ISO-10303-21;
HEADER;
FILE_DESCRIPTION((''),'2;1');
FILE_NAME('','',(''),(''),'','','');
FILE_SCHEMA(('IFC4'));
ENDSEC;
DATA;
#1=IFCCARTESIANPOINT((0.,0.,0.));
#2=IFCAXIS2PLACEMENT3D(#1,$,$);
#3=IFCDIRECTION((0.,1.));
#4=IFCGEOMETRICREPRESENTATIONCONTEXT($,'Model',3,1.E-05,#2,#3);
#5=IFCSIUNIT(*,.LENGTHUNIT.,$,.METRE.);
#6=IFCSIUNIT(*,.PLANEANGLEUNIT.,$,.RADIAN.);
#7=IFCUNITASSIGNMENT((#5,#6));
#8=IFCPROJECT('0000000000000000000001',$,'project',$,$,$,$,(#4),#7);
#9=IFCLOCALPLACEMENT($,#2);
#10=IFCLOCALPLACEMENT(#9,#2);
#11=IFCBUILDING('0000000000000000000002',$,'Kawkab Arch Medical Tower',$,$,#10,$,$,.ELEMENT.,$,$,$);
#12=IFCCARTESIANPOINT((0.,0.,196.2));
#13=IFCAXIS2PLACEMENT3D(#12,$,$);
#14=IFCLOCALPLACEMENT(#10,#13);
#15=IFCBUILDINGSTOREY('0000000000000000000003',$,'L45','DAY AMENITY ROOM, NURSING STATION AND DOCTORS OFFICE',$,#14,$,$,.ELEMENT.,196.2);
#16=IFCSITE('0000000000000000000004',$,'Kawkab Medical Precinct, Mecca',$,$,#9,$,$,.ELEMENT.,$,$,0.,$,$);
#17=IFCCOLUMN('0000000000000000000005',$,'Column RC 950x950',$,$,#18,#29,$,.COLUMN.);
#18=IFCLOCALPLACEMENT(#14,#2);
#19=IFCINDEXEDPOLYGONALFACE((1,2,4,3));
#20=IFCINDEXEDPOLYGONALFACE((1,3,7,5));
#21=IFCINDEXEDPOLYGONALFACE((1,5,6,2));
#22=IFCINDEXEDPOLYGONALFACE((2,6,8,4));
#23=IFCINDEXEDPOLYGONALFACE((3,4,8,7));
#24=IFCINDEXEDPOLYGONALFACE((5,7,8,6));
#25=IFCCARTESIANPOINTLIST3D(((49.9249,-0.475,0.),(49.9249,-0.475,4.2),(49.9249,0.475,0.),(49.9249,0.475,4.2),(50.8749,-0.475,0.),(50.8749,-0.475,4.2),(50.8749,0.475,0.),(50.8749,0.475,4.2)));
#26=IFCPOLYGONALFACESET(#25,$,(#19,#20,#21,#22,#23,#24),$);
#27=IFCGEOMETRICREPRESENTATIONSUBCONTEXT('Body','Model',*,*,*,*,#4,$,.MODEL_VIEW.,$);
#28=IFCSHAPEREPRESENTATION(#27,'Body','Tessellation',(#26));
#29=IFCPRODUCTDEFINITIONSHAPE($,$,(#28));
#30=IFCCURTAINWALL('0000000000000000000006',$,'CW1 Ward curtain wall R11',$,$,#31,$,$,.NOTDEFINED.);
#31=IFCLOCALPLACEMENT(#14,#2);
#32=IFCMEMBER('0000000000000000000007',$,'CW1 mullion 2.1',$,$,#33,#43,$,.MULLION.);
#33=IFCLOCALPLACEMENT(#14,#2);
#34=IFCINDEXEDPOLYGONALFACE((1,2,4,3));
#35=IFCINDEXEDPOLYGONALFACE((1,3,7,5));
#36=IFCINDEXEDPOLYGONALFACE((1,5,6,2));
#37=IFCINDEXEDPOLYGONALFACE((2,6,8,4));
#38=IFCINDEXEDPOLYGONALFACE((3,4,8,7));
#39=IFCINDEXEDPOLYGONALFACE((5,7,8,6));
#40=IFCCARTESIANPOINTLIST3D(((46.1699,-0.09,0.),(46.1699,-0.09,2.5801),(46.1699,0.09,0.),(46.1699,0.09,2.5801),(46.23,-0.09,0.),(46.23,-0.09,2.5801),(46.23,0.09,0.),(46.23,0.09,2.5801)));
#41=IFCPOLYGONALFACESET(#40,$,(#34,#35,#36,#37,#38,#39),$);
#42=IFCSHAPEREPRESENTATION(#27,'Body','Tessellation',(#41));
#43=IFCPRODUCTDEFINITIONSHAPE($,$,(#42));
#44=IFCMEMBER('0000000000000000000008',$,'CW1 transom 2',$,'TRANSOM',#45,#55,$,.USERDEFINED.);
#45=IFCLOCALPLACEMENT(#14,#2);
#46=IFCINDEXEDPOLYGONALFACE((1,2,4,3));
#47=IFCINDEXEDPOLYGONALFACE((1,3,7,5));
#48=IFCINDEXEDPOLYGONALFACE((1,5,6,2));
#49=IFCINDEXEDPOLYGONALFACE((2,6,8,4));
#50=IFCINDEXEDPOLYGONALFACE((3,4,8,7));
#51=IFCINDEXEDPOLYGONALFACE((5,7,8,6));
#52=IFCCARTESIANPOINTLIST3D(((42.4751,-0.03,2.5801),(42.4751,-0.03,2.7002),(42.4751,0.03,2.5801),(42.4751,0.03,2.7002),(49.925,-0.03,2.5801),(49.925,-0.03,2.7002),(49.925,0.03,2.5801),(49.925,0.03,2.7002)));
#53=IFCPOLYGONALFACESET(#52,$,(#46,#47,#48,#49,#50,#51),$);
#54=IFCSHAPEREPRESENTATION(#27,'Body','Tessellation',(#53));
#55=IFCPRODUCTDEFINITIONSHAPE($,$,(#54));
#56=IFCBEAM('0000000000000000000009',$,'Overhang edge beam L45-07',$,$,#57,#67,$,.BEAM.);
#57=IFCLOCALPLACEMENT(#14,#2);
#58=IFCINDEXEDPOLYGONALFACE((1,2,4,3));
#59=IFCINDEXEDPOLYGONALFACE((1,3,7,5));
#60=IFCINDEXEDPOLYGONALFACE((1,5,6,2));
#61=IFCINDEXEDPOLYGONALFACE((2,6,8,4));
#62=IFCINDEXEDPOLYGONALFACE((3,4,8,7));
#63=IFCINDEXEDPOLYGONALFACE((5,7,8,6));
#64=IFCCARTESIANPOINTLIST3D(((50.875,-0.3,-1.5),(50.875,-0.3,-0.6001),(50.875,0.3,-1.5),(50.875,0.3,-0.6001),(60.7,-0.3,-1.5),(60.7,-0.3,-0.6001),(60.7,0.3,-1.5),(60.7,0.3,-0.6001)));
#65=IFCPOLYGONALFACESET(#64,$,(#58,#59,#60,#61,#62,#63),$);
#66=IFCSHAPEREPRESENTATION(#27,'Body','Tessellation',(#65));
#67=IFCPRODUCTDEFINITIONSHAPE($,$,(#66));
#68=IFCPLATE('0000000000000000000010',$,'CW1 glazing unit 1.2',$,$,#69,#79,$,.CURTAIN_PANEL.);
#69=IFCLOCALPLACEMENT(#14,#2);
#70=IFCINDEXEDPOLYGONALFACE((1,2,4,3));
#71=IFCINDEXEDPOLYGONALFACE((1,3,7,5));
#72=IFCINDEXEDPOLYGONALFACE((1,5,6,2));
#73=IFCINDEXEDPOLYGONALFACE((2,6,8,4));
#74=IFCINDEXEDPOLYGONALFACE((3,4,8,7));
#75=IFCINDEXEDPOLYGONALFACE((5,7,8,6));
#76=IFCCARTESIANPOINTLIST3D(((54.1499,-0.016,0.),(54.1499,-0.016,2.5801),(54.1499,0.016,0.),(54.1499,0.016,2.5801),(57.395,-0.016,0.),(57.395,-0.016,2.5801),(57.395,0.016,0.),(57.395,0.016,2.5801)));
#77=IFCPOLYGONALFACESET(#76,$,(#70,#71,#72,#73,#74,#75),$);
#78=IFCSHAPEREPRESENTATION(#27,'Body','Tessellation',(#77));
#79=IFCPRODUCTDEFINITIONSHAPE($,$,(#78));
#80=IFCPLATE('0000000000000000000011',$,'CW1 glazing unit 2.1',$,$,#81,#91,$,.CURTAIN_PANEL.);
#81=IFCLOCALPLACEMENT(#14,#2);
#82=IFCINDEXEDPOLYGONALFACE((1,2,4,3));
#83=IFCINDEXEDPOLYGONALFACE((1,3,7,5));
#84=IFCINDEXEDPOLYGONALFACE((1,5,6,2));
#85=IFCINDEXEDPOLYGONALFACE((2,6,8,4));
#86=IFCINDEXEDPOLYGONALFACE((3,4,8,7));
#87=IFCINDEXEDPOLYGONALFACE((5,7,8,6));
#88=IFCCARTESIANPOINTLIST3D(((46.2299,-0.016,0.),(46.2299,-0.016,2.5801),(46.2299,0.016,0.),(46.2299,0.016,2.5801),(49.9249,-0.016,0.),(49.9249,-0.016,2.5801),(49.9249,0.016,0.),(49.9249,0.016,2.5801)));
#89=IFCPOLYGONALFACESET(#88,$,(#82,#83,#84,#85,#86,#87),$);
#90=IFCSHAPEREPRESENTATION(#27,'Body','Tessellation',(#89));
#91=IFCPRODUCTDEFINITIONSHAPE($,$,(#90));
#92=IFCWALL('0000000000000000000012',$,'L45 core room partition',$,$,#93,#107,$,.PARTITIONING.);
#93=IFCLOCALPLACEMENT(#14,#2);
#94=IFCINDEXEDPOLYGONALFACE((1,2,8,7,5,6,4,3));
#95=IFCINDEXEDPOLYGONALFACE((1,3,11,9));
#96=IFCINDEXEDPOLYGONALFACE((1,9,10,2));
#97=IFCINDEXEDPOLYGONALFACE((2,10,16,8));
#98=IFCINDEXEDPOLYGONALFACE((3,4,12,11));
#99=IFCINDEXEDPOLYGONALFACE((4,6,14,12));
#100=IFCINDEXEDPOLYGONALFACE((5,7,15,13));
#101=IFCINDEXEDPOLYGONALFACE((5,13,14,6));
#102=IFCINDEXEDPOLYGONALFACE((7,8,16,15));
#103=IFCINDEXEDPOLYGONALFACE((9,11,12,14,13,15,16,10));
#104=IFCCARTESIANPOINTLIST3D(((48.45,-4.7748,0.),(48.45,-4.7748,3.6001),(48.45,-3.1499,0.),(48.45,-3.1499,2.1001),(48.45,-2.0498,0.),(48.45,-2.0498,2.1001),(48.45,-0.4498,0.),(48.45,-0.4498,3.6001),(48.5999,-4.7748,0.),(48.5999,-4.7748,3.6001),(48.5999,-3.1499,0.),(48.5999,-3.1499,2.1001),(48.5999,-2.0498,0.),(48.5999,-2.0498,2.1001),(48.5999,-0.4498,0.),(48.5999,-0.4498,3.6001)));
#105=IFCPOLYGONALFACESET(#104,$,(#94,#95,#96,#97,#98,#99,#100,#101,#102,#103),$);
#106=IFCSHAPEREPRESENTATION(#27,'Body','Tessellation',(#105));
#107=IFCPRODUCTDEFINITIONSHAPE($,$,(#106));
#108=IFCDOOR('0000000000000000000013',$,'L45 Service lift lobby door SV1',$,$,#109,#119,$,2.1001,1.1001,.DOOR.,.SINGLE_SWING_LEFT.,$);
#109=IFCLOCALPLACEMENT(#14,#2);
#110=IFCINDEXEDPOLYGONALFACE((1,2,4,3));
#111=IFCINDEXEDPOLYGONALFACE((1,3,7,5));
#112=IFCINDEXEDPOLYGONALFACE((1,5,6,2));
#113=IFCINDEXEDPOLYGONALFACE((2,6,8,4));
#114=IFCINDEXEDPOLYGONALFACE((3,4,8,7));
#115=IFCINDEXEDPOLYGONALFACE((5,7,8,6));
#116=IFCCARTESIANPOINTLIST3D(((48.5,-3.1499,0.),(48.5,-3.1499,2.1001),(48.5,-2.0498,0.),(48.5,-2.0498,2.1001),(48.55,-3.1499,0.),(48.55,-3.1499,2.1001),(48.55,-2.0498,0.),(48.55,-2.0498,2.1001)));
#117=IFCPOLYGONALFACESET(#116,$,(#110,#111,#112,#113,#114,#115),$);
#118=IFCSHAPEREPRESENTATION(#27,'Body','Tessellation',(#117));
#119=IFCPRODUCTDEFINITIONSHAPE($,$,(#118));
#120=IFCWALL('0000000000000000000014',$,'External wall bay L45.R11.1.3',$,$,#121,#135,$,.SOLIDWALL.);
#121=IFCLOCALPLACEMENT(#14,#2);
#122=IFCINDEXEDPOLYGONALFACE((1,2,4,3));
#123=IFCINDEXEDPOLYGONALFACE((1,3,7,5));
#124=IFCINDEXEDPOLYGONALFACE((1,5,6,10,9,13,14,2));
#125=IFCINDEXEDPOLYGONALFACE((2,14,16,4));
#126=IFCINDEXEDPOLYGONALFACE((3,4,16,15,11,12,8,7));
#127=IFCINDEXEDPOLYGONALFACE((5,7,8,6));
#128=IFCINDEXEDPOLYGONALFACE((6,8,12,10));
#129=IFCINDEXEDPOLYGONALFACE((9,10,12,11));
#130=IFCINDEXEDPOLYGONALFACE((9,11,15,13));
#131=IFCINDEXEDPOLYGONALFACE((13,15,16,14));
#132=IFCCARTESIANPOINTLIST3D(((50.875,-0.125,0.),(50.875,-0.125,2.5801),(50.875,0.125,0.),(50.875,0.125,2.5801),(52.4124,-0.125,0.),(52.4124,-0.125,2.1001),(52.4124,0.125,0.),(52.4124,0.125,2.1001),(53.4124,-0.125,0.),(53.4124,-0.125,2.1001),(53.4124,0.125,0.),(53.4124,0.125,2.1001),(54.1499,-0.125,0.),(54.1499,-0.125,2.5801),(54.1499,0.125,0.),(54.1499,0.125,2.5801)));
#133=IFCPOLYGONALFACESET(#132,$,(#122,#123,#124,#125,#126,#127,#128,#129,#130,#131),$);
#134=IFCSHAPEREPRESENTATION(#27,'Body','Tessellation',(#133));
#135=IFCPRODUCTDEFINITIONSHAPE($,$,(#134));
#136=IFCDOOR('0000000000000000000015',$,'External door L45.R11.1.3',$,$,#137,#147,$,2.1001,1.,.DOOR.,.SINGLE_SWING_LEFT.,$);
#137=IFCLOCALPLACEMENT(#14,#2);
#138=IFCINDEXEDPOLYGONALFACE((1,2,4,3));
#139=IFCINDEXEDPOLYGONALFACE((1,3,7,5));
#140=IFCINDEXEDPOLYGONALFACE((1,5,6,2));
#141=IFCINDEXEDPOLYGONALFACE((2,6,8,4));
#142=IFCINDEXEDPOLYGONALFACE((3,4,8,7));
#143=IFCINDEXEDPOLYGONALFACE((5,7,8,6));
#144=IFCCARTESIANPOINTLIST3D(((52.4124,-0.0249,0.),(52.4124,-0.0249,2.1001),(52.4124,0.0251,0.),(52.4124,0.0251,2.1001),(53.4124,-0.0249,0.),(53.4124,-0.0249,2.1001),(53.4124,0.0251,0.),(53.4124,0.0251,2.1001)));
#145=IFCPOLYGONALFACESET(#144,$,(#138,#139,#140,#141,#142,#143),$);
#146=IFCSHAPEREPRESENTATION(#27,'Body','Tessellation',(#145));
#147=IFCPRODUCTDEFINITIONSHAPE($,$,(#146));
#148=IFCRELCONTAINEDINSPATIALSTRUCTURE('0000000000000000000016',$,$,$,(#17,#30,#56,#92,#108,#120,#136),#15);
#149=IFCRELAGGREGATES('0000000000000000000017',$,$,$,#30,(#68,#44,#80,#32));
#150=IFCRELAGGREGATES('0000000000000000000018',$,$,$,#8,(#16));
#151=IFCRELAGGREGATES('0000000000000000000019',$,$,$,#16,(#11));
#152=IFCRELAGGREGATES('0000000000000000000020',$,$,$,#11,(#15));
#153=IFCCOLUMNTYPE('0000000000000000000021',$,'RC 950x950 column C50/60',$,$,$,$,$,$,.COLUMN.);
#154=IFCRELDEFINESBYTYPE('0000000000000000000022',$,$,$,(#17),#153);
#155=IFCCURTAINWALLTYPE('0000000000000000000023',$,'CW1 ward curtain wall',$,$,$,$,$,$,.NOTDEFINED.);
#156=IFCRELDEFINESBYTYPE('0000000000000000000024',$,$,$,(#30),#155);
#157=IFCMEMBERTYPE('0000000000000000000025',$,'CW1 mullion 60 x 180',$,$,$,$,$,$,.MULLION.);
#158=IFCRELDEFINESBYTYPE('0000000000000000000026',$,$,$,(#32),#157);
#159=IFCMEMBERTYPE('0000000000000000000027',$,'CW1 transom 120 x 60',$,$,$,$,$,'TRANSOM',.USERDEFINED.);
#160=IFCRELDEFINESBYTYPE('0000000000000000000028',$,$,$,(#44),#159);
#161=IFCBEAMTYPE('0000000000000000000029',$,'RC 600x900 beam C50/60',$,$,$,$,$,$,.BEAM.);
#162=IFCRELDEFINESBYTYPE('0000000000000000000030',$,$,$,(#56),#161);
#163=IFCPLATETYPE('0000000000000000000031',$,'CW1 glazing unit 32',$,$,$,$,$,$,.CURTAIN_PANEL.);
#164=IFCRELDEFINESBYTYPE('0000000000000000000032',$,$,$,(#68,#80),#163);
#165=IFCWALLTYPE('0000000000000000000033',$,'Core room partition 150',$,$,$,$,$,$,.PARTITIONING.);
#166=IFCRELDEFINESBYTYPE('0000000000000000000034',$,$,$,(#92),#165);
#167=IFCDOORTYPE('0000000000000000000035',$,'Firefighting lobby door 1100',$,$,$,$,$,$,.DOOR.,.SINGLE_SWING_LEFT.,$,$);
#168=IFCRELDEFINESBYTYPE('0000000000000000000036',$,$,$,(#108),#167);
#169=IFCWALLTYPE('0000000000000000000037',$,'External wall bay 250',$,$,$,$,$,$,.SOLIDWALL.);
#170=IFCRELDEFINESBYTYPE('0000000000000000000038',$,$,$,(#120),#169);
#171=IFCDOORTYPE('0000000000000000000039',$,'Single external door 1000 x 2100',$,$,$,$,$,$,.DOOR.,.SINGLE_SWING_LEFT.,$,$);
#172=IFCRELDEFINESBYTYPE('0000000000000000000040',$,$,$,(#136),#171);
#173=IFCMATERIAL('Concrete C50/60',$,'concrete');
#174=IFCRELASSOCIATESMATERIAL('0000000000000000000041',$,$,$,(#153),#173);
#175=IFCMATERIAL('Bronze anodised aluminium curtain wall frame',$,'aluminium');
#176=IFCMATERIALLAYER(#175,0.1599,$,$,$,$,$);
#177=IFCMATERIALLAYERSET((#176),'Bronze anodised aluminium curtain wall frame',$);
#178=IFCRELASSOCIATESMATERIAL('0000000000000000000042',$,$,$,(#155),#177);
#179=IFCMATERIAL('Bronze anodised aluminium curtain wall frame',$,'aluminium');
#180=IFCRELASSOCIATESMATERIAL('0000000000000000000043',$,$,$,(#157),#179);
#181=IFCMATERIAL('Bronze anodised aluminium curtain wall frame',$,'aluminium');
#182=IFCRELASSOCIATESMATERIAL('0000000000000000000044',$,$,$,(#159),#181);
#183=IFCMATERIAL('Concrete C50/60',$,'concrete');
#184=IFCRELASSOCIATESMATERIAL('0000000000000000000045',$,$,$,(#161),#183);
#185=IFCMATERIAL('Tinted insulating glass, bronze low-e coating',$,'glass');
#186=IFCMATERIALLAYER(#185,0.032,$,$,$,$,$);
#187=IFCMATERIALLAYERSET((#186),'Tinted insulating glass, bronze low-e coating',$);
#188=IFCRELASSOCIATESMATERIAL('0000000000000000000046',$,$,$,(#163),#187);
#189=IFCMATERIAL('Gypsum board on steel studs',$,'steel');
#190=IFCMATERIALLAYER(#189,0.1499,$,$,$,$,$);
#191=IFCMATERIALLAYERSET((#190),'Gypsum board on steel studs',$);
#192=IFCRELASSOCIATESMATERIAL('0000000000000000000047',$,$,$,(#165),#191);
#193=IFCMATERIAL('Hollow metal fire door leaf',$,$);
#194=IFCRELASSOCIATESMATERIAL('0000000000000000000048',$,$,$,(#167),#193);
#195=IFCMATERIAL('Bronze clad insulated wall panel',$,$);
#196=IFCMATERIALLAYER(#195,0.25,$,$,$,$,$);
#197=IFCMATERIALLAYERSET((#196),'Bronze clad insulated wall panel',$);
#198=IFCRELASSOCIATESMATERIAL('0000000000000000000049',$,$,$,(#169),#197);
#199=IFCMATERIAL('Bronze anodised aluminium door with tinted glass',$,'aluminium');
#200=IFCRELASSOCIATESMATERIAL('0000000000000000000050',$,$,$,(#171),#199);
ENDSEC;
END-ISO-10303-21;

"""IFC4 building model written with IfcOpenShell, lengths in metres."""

from ifc_helpers import new_model, si_unit, direction, frame, frame_2d, origin, origin_2d, place, context, subcontext, project, spatial, rectangle, extrude, material, layer, layer_set, material_profile, profile_set, type_object, element, fill, aggregate, save


model = new_model("IFC4")

# Units and contexts
model_context = context("Model", 3, precision=1e-05, world=origin(), true_north=direction((0.0, 1.0)))
body_context = subcontext(model_context, "Body", "Model", "MODEL_VIEW")
ifc_project = project(units=[si_unit("LENGTHUNIT", "METRE"), si_unit("PLANEANGLEUNIT", "RADIAN")], contexts=[model_context])

# Site, building, storey
site_placement = place(None, origin())
site = spatial("IfcSite", under=ifc_project, at=site_placement, Name="Kawkab Medical Precinct, Mecca", CompositionType="ELEMENT", RefElevation=0.0)
building_placement = place(site_placement, origin())
building = spatial("IfcBuilding", under=site, at=building_placement, Name="Kawkab Arch Medical Tower", CompositionType="ELEMENT")
storey_placement = place(building_placement, frame((0.0, 0.0, 196.2)))
storey = spatial("IfcBuildingStorey", under=building, at=storey_placement, Name="L45", Description="DAY AMENITY ROOM, NURSING STATION AND DOCTORS OFFICE", CompositionType="ELEMENT", Elevation=196.2)

# Column
ifc_material_1 = material(Name="Concrete C50/60", Category="concrete")
ifc_material_profile_1 = material_profile(ifc_material_1, rectangle(XDim=0.95, YDim=0.95, at=origin_2d()), Name="RC 950x950")
ifc_profile_set_1 = profile_set([ifc_material_profile_1], Name="Concrete C50/60")
column_type = type_object("IfcColumnType", Name="RC 950x950 column C50/60", PredefinedType="COLUMN", material=ifc_profile_set_1)
column_placement = place(storey_placement, frame((50.3999, 0.0, 0.0), z_axis=(0.0, 0.0, 1.0), x_axis=(1.0, 0.0, 0.0)))
element("IfcColumn", 1, at=column_placement, inside=storey, type_object=column_type, Name="Column RC 950x950", PredefinedType="COLUMN", context=body_context, shape_type="SweptSolid", body=[
    extrude(rectangle(XDim=0.95, YDim=0.95, at=origin_2d()), origin(), (0.0, 0.0, 1.0), 4.2),
])

# Curtain wall, members
ifc_material_2 = material(Name="Bronze anodised aluminium curtain wall frame", Category="aluminium")
ifc_layer_1 = layer(ifc_material_2, 0.1599)
ifc_layer_set_1 = layer_set([ifc_layer_1], Name="Bronze anodised aluminium curtain wall frame")
curtain_wall_type = type_object("IfcCurtainWallType", Name="CW1 ward curtain wall", PredefinedType="NOTDEFINED", material=ifc_layer_set_1)
curtain_wall_placement = place(storey_placement, origin())
curtain_wall = element("IfcCurtainWall", 2, at=curtain_wall_placement, inside=storey, type_object=curtain_wall_type, Name="CW1 Ward curtain wall R11", PredefinedType="NOTDEFINED")
ifc_material_3 = material(Name="Bronze anodised aluminium curtain wall frame", Category="aluminium")
ifc_material_profile_2 = material_profile(ifc_material_3, rectangle(XDim=0.1799, YDim=0.0601, at=origin_2d()), Name="AL 60x180")
ifc_profile_set_2 = profile_set([ifc_material_profile_2], Name="Bronze anodised aluminium curtain wall frame")
member_type_1 = type_object("IfcMemberType", Name="CW1 mullion 60 x 180", PredefinedType="MULLION", material=ifc_profile_set_2)
member_1_placement = place(storey_placement, frame((46.2, 0.0, 0.0), z_axis=(0.0, 0.0, 1.0), x_axis=(0.0, -1.0, 0.0)))
member_1 = element("IfcMember", 3, at=member_1_placement, type_object=member_type_1, Name="CW1 mullion 2.1", PredefinedType="MULLION", context=body_context, shape_type="SweptSolid", body=[
    extrude(rectangle(XDim=0.1799, YDim=0.0601, at=origin_2d()), origin(), (0.0, 0.0, 1.0), 2.5801),
])
ifc_material_4 = material(Name="Bronze anodised aluminium curtain wall frame", Category="aluminium")
ifc_material_profile_3 = material_profile(ifc_material_4, rectangle(XDim=0.0601, YDim=0.1201, at=origin_2d()), Name="AL 60x120")
ifc_profile_set_3 = profile_set([ifc_material_profile_3], Name="Bronze anodised aluminium curtain wall frame")
member_type_2 = type_object("IfcMemberType", Name="CW1 transom 120 x 60", ElementType="TRANSOM", PredefinedType="USERDEFINED", material=ifc_profile_set_3)
member_2_placement = place(storey_placement, frame((49.925, 0.0, 2.6401), z_axis=(-1.0, 0.0, 0.0), x_axis=(0.0, -1.0, 0.0)))
member_2 = element("IfcMember", 4, at=member_2_placement, type_object=member_type_2, Name="CW1 transom 2", ObjectType="TRANSOM", PredefinedType="USERDEFINED", context=body_context, shape_type="SweptSolid", body=[
    extrude(rectangle(XDim=0.0601, YDim=0.1201, at=origin_2d()), origin(), (0.0, 0.0, 1.0), 7.45),
])

# Beam
ifc_material_5 = material(Name="Concrete C50/60", Category="concrete")
ifc_material_profile_4 = material_profile(ifc_material_5, rectangle(XDim=0.6001, YDim=0.8999, at=origin_2d()), Name="RC 600x900")
ifc_profile_set_4 = profile_set([ifc_material_profile_4], Name="Concrete C50/60")
beam_type = type_object("IfcBeamType", Name="RC 600x900 beam C50/60", PredefinedType="BEAM", material=ifc_profile_set_4)
beam_placement = place(storey_placement, frame((50.875, 0.0, -1.05), z_axis=(1.0, 0.0, 0.0), x_axis=(0.0, 1.0, 0.0)))
element("IfcBeam", 5, at=beam_placement, inside=storey, type_object=beam_type, Name="Overhang edge beam L45-07", PredefinedType="BEAM", context=body_context, shape_type="SweptSolid", body=[
    extrude(rectangle(XDim=0.6001, YDim=0.8999, at=origin_2d()), origin(), (0.0, 0.0, 1.0), 9.825),
])

# Plates
ifc_material_6 = material(Name="Tinted insulating glass, bronze low-e coating", Category="glass")
ifc_layer_2 = layer(ifc_material_6, 0.032)
ifc_layer_set_2 = layer_set([ifc_layer_2], Name="Tinted insulating glass, bronze low-e coating")
plate_type = type_object("IfcPlateType", Name="CW1 glazing unit 32", PredefinedType="CURTAIN_PANEL", material=ifc_layer_set_2)
plate_1_placement = place(storey_placement, frame((55.7725, 0.0, 0.0), z_axis=(0.0, 0.0, 1.0), x_axis=(-1.0, 0.0, 0.0)))
plate_1 = element("IfcPlate", 6, at=plate_1_placement, type_object=plate_type, Name="CW1 glazing unit 1.2", PredefinedType="CURTAIN_PANEL", context=body_context, shape_type="SweptSolid", body=[
    extrude(rectangle(XDim=3.2451, YDim=0.032, at=origin_2d()), origin(), (0.0, 0.0, 1.0), 2.5801),
])
plate_2_placement = place(storey_placement, frame((48.0774, 0.0, 0.0), z_axis=(0.0, 0.0, 1.0), x_axis=(-1.0, 0.0, 0.0)))
plate_2 = element("IfcPlate", 7, at=plate_2_placement, type_object=plate_type, Name="CW1 glazing unit 2.1", PredefinedType="CURTAIN_PANEL", context=body_context, shape_type="SweptSolid", body=[
    extrude(rectangle(XDim=3.6951, YDim=0.032, at=origin_2d()), origin(), (0.0, 0.0, 1.0), 2.5801),
])
aggregate(curtain_wall, [plate_1, member_2, plate_2, member_1])

# Walls, openings, doors
ifc_material_7 = material(Name="Gypsum board on steel studs", Category="steel")
ifc_layer_3 = layer(ifc_material_7, 0.1499)
ifc_layer_set_3 = layer_set([ifc_layer_3], Name="Gypsum board on steel studs")
wall_type_1 = type_object("IfcWallType", Name="Core room partition 150", PredefinedType="PARTITIONING", material=ifc_layer_set_3)
wall_1_placement = place(storey_placement, frame((48.5249, -4.7749, 0.0), z_axis=(0.0, 0.0, 1.0), x_axis=(0.0, 1.0, 0.0)))
wall_1 = element("IfcWall", 8, at=wall_1_placement, inside=storey, type_object=wall_type_1, Name="L45 core room partition", PredefinedType="PARTITIONING", context=body_context, shape_type="SweptSolid", body=[
    extrude(rectangle(XDim=4.325, YDim=0.1499, at=frame_2d((2.1626, 0.0))), origin(), (0.0, 0.0, 1.0), 3.6001),
])
opening_1_placement = place(wall_1_placement, frame((1.625, 0.0, 0.0)))
opening_1 = element("IfcOpeningElement", 9, at=opening_1_placement, cuts=wall_1, PredefinedType="OPENING", context=body_context, shape_type="SweptSolid", body=[
    extrude(rectangle(XDim=1.1001, YDim=2.1001, at=frame_2d((0.55, 1.05))), frame((0.0, 0.085, 0.0), z_axis=(0.0, -1.0, 0.0), x_axis=(1.0, 0.0, 0.0)), (0.0, 0.0, 1.0), 0.1699),
])
ifc_material_8 = material(Name="Hollow metal fire door leaf")
door_type_1 = type_object("IfcDoorType", Name="Firefighting lobby door 1100", OperationType="SINGLE_SWING_LEFT", PredefinedType="DOOR", material=ifc_material_8)
door_1_placement = place(opening_1_placement, origin())
door_1 = element("IfcDoor", 10, at=door_1_placement, inside=storey, type_object=door_type_1, Name="L45 Service lift lobby door SV1", OperationType="SINGLE_SWING_LEFT", OverallHeight=2.1001, OverallWidth=1.1001, PredefinedType="DOOR", context=body_context, shape_type="SweptSolid", body=[
    extrude(rectangle(XDim=1.1001, YDim=2.1001, at=frame_2d((0.55, 1.05))), frame((0.0, 0.0249, 0.0), z_axis=(0.0, -1.0, 0.0), x_axis=(1.0, 0.0, 0.0)), (0.0, 0.0, 1.0), 0.05),
])
fill(opening_1, door_1)
ifc_material_9 = material(Name="Bronze clad insulated wall panel")
ifc_layer_4 = layer(ifc_material_9, 0.25)
ifc_layer_set_4 = layer_set([ifc_layer_4], Name="Bronze clad insulated wall panel")
wall_type_2 = type_object("IfcWallType", Name="External wall bay 250", PredefinedType="SOLIDWALL", material=ifc_layer_set_4)
wall_2_placement = place(storey_placement, frame((54.1499, 0.0, 0.0), z_axis=(0.0, 0.0, 1.0), x_axis=(-1.0, 0.0, 0.0)))
wall_2 = element("IfcWall", 11, at=wall_2_placement, inside=storey, type_object=wall_type_2, Name="External wall bay L45.R11.1.3", PredefinedType="SOLIDWALL", context=body_context, shape_type="SweptSolid", body=[
    extrude(rectangle(XDim=3.2749, YDim=0.25, at=frame_2d((1.6375, 0.0))), origin(), (0.0, 0.0, 1.0), 2.5801),
])
opening_2_placement = place(wall_2_placement, frame((0.7375, 0.0, 0.0)))
opening_2 = element("IfcOpeningElement", 12, at=opening_2_placement, cuts=wall_2, PredefinedType="OPENING", context=body_context, shape_type="SweptSolid", body=[
    extrude(rectangle(XDim=1.0, YDim=2.1001, at=frame_2d((0.5, 1.05))), frame((0.0, 0.135, 0.0), z_axis=(0.0, -1.0, 0.0), x_axis=(1.0, 0.0, 0.0)), (0.0, 0.0, 1.0), 0.27),
])
ifc_material_10 = material(Name="Bronze anodised aluminium door with tinted glass", Category="aluminium")
door_type_2 = type_object("IfcDoorType", Name="Single external door 1000 x 2100", OperationType="SINGLE_SWING_LEFT", PredefinedType="DOOR", material=ifc_material_10)
door_2_placement = place(opening_2_placement, origin())
door_2 = element("IfcDoor", 13, at=door_2_placement, inside=storey, type_object=door_type_2, Name="External door L45.R11.1.3", OperationType="SINGLE_SWING_LEFT", OverallHeight=2.1001, OverallWidth=1.0, PredefinedType="DOOR", context=body_context, shape_type="SweptSolid", body=[
    extrude(rectangle(XDim=1.0, YDim=2.1001, at=frame_2d((0.5, 1.05))), frame((0.0, 0.0249, 0.0), z_axis=(0.0, -1.0, 0.0), x_axis=(1.0, 0.0, 0.0)), (0.0, 0.0, 1.0), 0.05),
])
fill(opening_2, door_2)

save(model, "model.ifc")
